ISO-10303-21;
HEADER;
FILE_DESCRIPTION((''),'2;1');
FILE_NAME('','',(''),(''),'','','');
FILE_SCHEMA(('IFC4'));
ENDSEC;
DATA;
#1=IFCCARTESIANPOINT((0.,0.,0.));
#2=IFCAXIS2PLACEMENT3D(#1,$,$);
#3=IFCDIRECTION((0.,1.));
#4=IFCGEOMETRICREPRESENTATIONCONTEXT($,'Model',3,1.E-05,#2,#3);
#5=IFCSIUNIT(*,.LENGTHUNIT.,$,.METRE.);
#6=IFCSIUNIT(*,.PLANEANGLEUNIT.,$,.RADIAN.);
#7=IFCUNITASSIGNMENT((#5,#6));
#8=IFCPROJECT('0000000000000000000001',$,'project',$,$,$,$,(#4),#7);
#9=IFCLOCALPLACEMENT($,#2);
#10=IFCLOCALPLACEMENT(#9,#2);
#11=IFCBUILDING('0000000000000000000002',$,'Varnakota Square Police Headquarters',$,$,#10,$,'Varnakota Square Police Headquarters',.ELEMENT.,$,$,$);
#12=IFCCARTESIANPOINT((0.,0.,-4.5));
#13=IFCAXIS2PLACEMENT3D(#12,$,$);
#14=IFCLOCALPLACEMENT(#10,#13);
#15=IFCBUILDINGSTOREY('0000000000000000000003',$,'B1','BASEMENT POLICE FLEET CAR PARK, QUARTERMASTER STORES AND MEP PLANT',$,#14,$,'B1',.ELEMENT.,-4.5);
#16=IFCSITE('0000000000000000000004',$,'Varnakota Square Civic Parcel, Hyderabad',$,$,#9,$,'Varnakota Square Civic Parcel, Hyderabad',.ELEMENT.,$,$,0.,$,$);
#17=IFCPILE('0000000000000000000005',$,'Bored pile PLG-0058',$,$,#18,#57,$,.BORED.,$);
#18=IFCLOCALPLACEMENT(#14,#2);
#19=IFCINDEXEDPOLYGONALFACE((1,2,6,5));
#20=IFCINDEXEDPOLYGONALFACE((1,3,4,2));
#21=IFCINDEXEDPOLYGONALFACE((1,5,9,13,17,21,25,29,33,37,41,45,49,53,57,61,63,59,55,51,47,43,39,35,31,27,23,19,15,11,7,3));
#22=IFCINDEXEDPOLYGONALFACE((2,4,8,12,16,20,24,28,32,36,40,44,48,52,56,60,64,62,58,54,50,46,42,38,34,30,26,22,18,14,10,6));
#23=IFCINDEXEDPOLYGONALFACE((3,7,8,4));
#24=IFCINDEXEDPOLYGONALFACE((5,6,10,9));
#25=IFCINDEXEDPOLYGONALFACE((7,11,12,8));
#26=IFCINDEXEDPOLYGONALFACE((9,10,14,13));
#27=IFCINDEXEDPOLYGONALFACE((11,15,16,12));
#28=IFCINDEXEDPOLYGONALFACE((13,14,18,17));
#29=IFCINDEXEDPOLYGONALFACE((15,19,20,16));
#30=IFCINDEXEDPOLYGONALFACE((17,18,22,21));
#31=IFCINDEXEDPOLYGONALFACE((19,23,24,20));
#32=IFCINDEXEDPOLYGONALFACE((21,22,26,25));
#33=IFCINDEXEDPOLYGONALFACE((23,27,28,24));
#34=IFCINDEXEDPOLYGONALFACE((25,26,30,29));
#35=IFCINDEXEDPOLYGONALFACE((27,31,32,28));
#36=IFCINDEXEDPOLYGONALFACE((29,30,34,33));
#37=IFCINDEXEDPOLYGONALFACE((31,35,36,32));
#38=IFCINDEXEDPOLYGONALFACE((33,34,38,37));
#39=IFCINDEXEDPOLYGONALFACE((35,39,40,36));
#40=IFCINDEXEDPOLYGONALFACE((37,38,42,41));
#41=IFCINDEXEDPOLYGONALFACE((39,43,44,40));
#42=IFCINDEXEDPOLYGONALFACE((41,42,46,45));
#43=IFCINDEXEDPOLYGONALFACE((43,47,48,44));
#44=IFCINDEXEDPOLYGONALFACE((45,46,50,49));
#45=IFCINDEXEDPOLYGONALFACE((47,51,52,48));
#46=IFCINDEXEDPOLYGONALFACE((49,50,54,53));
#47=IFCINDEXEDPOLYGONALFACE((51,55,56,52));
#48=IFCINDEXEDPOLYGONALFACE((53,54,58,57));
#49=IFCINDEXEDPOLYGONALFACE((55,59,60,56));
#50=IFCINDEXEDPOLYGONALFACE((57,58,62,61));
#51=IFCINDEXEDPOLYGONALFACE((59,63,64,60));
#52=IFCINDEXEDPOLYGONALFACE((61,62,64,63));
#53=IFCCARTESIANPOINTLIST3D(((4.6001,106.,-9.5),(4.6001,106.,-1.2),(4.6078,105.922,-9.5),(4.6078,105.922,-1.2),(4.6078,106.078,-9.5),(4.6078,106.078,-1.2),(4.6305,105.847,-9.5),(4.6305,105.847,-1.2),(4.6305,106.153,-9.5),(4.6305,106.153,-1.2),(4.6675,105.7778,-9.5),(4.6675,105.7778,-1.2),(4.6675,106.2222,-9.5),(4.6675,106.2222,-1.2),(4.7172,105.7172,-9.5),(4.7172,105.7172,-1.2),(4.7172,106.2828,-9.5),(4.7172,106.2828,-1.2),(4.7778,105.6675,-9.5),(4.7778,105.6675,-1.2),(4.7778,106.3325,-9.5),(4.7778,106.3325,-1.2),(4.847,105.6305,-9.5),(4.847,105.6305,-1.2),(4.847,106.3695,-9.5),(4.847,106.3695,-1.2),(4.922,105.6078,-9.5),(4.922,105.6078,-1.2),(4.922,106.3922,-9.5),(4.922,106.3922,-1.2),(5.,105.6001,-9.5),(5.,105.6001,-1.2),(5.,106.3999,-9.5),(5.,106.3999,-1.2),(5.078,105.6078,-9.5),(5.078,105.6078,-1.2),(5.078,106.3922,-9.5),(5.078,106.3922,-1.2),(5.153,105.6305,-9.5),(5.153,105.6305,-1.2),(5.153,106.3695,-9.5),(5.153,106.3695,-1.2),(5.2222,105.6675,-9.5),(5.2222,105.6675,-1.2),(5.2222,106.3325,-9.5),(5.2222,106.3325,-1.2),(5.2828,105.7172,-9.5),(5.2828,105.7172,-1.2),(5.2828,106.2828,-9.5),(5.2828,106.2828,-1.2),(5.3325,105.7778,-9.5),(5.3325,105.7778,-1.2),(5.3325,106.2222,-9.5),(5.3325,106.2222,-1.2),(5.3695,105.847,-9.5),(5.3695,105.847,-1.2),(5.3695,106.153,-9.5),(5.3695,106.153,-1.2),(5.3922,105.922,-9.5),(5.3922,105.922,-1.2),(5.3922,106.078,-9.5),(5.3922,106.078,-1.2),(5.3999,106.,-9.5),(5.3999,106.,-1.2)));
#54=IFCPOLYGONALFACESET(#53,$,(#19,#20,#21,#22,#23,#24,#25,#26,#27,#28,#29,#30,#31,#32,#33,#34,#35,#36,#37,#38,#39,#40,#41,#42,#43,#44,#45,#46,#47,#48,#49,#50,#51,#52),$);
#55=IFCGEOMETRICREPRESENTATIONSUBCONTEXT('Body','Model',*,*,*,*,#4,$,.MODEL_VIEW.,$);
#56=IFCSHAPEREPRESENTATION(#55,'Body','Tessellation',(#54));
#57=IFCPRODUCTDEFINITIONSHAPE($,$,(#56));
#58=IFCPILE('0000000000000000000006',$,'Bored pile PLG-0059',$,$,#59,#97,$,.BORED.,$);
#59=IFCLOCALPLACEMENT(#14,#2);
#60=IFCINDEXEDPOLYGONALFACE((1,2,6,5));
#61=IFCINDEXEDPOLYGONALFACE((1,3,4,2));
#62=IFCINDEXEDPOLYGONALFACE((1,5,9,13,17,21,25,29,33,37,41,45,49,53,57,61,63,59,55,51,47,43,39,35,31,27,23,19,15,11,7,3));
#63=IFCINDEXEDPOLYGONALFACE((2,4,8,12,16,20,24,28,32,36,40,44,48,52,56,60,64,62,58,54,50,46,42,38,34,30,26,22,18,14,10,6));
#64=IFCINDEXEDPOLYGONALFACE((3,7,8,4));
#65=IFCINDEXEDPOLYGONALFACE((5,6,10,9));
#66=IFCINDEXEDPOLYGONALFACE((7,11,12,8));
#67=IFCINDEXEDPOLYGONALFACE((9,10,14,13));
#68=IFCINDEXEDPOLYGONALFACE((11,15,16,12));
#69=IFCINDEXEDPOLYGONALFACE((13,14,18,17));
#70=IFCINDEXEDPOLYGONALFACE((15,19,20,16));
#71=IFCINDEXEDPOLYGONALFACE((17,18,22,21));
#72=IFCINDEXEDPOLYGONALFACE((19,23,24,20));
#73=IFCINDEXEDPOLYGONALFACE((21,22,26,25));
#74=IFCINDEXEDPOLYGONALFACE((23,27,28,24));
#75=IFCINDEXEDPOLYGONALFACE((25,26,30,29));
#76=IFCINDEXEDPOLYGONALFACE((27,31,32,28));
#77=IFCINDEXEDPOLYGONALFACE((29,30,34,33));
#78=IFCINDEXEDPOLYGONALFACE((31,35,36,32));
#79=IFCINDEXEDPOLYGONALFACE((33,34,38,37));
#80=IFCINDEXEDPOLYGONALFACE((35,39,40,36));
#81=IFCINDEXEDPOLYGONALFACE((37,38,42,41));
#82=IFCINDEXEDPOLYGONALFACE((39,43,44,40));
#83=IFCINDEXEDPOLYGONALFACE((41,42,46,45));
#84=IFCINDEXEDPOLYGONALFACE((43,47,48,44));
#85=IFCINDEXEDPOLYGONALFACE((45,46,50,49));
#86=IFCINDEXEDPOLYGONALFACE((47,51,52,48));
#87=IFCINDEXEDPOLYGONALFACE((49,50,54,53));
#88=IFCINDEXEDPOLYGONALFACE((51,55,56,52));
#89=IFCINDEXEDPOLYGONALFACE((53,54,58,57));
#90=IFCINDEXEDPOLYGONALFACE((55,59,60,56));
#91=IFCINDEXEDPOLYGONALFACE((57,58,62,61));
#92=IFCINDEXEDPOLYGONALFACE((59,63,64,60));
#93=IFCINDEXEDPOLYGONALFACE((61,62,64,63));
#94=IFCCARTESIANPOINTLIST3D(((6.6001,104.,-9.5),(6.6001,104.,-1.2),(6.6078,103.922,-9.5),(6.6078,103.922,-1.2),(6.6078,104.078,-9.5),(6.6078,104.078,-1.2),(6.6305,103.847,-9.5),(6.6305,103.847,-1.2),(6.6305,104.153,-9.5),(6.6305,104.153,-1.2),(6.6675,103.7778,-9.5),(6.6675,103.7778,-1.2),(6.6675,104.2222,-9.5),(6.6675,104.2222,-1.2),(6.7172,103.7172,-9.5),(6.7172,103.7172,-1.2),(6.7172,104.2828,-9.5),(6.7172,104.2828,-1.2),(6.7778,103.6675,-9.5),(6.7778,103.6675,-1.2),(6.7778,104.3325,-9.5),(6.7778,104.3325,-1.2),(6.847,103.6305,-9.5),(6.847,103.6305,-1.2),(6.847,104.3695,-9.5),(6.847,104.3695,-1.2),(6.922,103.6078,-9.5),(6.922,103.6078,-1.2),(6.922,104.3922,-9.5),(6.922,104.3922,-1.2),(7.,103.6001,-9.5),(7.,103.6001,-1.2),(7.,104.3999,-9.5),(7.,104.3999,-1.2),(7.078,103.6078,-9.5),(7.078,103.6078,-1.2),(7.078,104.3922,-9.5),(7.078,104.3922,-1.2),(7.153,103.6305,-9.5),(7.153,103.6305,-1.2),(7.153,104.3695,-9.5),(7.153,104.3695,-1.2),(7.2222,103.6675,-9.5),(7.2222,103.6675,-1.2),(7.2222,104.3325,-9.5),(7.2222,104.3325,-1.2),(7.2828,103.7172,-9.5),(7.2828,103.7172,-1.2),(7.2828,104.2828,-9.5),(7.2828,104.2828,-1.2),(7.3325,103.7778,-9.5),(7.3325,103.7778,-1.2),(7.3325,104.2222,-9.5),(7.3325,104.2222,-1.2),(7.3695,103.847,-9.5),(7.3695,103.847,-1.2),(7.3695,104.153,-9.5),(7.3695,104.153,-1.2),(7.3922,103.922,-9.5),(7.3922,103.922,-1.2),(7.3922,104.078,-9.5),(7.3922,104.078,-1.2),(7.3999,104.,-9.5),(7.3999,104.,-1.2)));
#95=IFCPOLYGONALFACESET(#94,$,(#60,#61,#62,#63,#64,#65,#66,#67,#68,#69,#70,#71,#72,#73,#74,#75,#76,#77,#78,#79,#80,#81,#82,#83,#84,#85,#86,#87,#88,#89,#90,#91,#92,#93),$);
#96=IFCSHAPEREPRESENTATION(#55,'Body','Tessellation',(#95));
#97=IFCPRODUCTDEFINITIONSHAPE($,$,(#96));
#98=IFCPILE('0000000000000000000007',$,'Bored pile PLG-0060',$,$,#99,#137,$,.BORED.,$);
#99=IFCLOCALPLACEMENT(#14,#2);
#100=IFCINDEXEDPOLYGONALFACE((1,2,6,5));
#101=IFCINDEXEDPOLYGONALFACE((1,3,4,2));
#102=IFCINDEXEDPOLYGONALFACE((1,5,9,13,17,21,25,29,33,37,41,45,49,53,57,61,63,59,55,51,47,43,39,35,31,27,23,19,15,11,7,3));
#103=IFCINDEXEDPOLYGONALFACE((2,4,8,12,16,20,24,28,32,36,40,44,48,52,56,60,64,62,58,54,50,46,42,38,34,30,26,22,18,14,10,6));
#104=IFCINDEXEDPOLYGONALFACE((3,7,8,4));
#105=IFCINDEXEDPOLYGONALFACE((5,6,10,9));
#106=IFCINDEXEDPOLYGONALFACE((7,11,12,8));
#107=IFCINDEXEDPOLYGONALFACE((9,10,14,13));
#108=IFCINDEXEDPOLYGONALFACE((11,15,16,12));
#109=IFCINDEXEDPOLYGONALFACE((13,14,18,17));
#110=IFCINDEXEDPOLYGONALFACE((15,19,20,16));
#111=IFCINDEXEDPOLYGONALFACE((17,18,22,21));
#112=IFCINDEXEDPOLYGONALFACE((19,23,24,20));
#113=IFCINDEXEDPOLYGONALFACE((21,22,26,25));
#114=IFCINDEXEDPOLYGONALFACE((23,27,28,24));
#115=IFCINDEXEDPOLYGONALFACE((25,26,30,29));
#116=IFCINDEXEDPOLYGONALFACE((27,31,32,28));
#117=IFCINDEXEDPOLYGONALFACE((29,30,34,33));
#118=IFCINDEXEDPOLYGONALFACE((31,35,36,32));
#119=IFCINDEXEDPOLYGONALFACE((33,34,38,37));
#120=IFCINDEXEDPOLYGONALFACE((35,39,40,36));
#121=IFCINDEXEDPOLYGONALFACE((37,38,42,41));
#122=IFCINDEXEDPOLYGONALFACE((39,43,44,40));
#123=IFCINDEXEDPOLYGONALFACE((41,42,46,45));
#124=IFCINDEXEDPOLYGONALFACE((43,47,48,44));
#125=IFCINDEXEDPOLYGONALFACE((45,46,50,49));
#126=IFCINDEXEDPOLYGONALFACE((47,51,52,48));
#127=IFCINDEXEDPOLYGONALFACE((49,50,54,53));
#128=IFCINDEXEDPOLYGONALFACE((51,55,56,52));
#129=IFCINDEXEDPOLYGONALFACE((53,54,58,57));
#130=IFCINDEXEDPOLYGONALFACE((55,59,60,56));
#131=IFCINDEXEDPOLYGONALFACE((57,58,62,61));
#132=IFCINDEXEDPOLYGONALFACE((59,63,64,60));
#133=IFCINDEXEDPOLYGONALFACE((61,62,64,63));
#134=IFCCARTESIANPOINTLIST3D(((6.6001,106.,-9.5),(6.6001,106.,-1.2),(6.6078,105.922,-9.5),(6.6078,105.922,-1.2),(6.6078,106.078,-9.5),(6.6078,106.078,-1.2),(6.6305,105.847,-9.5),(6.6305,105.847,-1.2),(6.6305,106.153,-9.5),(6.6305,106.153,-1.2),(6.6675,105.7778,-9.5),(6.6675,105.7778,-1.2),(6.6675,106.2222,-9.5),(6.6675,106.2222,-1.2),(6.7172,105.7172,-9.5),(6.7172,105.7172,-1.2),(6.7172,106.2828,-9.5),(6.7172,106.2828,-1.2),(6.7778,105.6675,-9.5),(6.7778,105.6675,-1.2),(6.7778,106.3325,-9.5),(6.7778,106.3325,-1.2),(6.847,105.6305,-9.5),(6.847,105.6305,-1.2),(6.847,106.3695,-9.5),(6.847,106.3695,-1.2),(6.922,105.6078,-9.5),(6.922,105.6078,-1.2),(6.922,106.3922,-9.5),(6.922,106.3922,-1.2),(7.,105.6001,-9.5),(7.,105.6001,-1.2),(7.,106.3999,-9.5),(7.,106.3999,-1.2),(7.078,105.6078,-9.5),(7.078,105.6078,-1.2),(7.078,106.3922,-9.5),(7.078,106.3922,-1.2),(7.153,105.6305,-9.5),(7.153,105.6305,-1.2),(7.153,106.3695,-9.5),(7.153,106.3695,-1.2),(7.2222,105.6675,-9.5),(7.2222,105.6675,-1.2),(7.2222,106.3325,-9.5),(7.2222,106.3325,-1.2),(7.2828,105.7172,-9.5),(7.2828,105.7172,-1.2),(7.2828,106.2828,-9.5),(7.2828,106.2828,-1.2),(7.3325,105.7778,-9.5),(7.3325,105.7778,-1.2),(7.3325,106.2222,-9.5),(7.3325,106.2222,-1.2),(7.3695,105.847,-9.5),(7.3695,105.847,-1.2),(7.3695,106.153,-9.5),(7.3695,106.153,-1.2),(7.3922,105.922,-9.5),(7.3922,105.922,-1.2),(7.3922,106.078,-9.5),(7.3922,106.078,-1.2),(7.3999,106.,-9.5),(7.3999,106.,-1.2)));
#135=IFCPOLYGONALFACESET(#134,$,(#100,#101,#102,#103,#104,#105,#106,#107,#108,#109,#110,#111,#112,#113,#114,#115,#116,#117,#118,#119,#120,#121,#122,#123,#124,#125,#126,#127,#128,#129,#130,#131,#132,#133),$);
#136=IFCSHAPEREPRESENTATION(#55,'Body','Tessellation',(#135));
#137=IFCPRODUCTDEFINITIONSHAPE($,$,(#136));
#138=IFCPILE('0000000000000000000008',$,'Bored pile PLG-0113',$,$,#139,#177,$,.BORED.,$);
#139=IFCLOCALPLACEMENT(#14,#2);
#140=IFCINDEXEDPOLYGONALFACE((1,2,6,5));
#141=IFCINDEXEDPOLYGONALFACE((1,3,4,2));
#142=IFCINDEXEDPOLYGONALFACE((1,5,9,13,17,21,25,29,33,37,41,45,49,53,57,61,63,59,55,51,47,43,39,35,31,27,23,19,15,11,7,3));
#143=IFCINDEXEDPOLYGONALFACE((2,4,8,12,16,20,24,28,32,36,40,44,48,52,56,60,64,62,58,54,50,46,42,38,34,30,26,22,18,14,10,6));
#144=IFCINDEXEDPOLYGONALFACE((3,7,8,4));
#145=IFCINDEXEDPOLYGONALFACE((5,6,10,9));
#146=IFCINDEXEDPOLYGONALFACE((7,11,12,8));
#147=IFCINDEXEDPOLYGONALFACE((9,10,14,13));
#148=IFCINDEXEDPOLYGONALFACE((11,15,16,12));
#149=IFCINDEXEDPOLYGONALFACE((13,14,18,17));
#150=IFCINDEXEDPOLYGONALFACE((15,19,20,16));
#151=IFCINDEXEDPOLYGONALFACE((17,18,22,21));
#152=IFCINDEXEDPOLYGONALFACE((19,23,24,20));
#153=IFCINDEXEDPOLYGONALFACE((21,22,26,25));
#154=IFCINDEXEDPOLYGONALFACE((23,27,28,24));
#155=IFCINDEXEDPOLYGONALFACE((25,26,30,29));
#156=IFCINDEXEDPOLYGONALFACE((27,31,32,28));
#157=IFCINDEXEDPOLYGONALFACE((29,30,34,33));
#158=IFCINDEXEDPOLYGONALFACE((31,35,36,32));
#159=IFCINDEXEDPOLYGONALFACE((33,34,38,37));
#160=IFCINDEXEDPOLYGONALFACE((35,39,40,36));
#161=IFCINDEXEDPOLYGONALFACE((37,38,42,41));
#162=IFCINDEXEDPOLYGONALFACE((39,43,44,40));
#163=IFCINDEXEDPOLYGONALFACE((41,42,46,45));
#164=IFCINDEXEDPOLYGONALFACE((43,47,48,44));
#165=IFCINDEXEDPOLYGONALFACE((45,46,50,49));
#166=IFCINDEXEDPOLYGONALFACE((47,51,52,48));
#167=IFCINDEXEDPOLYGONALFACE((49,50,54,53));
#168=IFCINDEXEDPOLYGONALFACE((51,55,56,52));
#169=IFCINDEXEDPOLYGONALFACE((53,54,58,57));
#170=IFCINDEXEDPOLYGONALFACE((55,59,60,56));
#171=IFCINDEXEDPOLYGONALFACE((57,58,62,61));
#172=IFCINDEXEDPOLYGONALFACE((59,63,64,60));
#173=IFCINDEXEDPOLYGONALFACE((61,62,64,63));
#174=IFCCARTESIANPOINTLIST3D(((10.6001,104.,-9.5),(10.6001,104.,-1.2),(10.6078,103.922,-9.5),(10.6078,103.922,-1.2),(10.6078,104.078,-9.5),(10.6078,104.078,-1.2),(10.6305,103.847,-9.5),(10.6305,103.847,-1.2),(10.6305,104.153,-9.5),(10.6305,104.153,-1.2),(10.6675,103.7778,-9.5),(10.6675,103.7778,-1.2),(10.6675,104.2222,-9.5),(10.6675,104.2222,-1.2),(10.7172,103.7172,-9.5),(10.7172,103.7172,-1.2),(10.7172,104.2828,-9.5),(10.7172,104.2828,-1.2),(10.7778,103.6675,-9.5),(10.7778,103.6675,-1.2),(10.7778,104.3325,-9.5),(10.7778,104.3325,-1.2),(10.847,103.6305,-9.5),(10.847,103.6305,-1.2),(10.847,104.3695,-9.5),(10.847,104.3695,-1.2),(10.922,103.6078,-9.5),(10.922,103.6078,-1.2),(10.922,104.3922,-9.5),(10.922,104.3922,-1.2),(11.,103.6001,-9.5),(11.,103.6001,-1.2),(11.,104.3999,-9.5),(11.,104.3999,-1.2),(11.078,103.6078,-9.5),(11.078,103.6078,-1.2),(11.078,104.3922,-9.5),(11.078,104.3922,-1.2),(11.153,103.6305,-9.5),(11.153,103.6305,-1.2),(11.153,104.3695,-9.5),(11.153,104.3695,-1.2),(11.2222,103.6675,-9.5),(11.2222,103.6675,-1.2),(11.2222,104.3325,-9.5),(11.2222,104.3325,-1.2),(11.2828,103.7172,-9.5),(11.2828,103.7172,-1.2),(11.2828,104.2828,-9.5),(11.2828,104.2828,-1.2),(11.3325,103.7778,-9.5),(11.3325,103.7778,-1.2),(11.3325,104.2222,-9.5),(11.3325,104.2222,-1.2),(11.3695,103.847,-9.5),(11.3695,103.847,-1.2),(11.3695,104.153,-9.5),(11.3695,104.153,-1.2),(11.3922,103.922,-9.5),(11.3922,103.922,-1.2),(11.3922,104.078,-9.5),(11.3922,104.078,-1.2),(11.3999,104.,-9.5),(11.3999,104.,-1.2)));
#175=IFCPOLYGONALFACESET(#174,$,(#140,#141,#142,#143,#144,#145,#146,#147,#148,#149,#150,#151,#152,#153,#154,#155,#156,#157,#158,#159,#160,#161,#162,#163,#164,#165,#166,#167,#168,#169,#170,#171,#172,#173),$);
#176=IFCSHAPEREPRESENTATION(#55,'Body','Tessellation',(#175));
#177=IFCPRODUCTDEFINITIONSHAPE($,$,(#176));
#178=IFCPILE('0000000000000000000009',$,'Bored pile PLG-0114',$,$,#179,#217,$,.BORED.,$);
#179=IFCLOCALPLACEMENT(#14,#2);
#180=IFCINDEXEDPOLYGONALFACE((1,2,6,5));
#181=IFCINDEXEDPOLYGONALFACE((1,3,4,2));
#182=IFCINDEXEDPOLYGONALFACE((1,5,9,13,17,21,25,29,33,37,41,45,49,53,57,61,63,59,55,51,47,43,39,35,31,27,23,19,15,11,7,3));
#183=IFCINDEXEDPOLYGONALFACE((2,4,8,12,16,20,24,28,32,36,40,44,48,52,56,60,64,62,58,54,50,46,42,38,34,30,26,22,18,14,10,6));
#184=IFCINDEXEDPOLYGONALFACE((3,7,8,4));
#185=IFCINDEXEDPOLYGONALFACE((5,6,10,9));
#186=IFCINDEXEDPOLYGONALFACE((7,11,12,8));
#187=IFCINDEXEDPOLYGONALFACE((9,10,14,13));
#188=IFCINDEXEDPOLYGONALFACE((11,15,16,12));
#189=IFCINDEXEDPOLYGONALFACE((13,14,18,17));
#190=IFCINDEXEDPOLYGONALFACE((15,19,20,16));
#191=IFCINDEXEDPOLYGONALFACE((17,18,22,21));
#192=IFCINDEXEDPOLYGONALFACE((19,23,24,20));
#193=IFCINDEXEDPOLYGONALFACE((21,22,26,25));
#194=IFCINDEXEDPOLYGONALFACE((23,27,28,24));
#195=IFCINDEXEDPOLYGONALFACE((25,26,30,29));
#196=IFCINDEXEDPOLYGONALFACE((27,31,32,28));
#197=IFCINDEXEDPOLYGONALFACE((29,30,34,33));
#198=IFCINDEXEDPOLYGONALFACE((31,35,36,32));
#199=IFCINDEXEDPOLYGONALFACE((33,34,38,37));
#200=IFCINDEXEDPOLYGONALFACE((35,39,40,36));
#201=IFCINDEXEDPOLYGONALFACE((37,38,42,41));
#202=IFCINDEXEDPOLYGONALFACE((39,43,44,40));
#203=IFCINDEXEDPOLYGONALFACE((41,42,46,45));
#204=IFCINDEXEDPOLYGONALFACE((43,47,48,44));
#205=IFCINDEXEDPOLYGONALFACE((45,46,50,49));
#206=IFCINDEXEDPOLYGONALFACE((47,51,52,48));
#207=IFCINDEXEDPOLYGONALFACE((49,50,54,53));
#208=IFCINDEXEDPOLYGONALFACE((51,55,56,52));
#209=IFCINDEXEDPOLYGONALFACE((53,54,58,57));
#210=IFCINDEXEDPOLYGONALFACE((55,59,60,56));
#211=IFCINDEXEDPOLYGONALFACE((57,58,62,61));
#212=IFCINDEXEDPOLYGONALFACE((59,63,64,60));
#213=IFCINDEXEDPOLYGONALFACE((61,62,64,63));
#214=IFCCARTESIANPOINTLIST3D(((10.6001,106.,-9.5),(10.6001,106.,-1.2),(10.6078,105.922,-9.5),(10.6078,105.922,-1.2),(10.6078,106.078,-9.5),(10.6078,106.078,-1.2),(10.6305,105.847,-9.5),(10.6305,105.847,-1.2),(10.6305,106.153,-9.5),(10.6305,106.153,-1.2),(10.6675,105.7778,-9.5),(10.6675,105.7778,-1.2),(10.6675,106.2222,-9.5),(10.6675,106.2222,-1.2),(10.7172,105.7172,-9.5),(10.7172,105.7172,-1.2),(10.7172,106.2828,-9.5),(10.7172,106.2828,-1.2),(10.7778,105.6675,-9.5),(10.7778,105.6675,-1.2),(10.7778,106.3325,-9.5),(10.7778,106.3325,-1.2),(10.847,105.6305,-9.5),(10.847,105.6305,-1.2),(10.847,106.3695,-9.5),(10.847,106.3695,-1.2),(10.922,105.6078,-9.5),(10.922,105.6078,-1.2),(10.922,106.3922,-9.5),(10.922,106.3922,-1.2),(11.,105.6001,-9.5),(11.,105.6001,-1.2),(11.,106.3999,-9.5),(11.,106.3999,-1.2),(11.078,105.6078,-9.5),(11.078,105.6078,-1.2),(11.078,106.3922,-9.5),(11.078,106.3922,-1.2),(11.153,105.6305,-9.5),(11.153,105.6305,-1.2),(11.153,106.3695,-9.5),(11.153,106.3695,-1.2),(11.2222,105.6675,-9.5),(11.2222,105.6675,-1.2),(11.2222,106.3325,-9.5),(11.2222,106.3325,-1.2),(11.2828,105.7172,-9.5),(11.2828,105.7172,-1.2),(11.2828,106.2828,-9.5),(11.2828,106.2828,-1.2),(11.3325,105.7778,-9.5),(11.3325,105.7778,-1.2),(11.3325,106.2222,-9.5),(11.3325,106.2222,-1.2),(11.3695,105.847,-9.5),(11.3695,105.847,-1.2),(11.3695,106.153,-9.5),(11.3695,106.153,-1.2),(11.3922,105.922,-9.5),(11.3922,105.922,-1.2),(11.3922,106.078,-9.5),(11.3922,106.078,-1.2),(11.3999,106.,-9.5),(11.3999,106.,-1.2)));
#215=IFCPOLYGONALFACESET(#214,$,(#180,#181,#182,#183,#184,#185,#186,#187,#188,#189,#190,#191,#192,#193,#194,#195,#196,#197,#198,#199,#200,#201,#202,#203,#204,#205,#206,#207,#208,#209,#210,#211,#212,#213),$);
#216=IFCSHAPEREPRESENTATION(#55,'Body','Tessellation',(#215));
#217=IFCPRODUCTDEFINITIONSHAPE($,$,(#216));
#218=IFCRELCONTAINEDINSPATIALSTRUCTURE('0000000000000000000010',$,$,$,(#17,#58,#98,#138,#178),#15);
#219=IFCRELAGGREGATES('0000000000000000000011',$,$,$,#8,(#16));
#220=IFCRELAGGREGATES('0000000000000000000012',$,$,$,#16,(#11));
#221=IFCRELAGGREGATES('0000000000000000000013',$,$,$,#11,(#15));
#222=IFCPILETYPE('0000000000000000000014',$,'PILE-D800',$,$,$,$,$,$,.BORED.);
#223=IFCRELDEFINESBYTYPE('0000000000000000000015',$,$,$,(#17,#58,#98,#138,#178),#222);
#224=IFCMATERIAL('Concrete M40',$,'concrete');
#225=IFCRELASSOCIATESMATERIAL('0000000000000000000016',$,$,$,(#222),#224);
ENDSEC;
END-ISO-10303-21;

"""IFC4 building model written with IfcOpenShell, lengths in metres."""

from ifc_helpers import new_model, si_unit, direction, frame, origin, origin_2d, place, context, subcontext, project, spatial, circle, extrude, material, material_profile, profile_set, type_object, element, save


model = new_model("IFC4")

# Units and contexts
model_context = context("Model", 3, precision=1e-05, world=origin(), true_north=direction((0.0, 1.0)))
body_context = subcontext(model_context, "Body", "Model", "MODEL_VIEW")
ifc_project = project(units=[si_unit("LENGTHUNIT", "METRE"), si_unit("PLANEANGLEUNIT", "RADIAN")], contexts=[model_context])

# Site, building, storey
site_placement = place(None, origin())
site = spatial("IfcSite", under=ifc_project, at=site_placement, Name="Varnakota Square Civic Parcel, Hyderabad", LongName="Varnakota Square Civic Parcel, Hyderabad", CompositionType="ELEMENT", RefElevation=0.0)
building_placement = place(site_placement, origin())
building = spatial("IfcBuilding", under=site, at=building_placement, Name="Varnakota Square Police Headquarters", LongName="Varnakota Square Police Headquarters", CompositionType="ELEMENT")
storey_placement = place(building_placement, frame((0.0, 0.0, -4.5)))
storey = spatial("IfcBuildingStorey", under=building, at=storey_placement, Name="B1", Description="BASEMENT POLICE FLEET CAR PARK, QUARTERMASTER STORES AND MEP PLANT", LongName="B1", CompositionType="ELEMENT", Elevation=-4.5)

# Shared definitions
ifc_material_1 = material(Name="Concrete M40", Category="concrete")

# Piles
ifc_material_profile_1 = material_profile(ifc_material_1, circle(Radius=0.3999, at=origin_2d()), Name="BORED PILE 800")
ifc_profile_set_1 = profile_set([ifc_material_profile_1], Name="Concrete M40")
pile_type = type_object("IfcPileType", Name="PILE-D800", PredefinedType="BORED", material=ifc_profile_set_1)
for number, where, z_axis, x_axis, name in (
    (1, (5.0, 106.0, -1.2), (0.0, 0.0, -1.0), (1.0, 0.0, 0.0), "Bored pile PLG-0058"),
    (2, (7.0, 104.0, -1.2), (0.0, 0.0, -1.0), (1.0, 0.0, 0.0), "Bored pile PLG-0059"),
    (3, (7.0, 106.0, -1.2), (0.0, 0.0, -1.0), (1.0, 0.0, 0.0), "Bored pile PLG-0060"),
    (4, (11.0, 104.0, -1.2), (0.0, 0.0, -1.0), (1.0, 0.0, 0.0), "Bored pile PLG-0113"),
    (5, (11.0, 106.0, -1.2), (0.0, 0.0, -1.0), (1.0, 0.0, 0.0), "Bored pile PLG-0114"),
):
    element("IfcPile", number, at=place(storey_placement, frame(where, z_axis=z_axis, x_axis=x_axis)), inside=storey, type_object=pile_type, Name=name, PredefinedType="BORED", context=body_context, shape_type="SweptSolid", body=[
        extrude(circle(Radius=0.3999, at=origin_2d()), origin(), (0.0, 0.0, 1.0), 8.3),
    ])

save(model, "model.ifc")
